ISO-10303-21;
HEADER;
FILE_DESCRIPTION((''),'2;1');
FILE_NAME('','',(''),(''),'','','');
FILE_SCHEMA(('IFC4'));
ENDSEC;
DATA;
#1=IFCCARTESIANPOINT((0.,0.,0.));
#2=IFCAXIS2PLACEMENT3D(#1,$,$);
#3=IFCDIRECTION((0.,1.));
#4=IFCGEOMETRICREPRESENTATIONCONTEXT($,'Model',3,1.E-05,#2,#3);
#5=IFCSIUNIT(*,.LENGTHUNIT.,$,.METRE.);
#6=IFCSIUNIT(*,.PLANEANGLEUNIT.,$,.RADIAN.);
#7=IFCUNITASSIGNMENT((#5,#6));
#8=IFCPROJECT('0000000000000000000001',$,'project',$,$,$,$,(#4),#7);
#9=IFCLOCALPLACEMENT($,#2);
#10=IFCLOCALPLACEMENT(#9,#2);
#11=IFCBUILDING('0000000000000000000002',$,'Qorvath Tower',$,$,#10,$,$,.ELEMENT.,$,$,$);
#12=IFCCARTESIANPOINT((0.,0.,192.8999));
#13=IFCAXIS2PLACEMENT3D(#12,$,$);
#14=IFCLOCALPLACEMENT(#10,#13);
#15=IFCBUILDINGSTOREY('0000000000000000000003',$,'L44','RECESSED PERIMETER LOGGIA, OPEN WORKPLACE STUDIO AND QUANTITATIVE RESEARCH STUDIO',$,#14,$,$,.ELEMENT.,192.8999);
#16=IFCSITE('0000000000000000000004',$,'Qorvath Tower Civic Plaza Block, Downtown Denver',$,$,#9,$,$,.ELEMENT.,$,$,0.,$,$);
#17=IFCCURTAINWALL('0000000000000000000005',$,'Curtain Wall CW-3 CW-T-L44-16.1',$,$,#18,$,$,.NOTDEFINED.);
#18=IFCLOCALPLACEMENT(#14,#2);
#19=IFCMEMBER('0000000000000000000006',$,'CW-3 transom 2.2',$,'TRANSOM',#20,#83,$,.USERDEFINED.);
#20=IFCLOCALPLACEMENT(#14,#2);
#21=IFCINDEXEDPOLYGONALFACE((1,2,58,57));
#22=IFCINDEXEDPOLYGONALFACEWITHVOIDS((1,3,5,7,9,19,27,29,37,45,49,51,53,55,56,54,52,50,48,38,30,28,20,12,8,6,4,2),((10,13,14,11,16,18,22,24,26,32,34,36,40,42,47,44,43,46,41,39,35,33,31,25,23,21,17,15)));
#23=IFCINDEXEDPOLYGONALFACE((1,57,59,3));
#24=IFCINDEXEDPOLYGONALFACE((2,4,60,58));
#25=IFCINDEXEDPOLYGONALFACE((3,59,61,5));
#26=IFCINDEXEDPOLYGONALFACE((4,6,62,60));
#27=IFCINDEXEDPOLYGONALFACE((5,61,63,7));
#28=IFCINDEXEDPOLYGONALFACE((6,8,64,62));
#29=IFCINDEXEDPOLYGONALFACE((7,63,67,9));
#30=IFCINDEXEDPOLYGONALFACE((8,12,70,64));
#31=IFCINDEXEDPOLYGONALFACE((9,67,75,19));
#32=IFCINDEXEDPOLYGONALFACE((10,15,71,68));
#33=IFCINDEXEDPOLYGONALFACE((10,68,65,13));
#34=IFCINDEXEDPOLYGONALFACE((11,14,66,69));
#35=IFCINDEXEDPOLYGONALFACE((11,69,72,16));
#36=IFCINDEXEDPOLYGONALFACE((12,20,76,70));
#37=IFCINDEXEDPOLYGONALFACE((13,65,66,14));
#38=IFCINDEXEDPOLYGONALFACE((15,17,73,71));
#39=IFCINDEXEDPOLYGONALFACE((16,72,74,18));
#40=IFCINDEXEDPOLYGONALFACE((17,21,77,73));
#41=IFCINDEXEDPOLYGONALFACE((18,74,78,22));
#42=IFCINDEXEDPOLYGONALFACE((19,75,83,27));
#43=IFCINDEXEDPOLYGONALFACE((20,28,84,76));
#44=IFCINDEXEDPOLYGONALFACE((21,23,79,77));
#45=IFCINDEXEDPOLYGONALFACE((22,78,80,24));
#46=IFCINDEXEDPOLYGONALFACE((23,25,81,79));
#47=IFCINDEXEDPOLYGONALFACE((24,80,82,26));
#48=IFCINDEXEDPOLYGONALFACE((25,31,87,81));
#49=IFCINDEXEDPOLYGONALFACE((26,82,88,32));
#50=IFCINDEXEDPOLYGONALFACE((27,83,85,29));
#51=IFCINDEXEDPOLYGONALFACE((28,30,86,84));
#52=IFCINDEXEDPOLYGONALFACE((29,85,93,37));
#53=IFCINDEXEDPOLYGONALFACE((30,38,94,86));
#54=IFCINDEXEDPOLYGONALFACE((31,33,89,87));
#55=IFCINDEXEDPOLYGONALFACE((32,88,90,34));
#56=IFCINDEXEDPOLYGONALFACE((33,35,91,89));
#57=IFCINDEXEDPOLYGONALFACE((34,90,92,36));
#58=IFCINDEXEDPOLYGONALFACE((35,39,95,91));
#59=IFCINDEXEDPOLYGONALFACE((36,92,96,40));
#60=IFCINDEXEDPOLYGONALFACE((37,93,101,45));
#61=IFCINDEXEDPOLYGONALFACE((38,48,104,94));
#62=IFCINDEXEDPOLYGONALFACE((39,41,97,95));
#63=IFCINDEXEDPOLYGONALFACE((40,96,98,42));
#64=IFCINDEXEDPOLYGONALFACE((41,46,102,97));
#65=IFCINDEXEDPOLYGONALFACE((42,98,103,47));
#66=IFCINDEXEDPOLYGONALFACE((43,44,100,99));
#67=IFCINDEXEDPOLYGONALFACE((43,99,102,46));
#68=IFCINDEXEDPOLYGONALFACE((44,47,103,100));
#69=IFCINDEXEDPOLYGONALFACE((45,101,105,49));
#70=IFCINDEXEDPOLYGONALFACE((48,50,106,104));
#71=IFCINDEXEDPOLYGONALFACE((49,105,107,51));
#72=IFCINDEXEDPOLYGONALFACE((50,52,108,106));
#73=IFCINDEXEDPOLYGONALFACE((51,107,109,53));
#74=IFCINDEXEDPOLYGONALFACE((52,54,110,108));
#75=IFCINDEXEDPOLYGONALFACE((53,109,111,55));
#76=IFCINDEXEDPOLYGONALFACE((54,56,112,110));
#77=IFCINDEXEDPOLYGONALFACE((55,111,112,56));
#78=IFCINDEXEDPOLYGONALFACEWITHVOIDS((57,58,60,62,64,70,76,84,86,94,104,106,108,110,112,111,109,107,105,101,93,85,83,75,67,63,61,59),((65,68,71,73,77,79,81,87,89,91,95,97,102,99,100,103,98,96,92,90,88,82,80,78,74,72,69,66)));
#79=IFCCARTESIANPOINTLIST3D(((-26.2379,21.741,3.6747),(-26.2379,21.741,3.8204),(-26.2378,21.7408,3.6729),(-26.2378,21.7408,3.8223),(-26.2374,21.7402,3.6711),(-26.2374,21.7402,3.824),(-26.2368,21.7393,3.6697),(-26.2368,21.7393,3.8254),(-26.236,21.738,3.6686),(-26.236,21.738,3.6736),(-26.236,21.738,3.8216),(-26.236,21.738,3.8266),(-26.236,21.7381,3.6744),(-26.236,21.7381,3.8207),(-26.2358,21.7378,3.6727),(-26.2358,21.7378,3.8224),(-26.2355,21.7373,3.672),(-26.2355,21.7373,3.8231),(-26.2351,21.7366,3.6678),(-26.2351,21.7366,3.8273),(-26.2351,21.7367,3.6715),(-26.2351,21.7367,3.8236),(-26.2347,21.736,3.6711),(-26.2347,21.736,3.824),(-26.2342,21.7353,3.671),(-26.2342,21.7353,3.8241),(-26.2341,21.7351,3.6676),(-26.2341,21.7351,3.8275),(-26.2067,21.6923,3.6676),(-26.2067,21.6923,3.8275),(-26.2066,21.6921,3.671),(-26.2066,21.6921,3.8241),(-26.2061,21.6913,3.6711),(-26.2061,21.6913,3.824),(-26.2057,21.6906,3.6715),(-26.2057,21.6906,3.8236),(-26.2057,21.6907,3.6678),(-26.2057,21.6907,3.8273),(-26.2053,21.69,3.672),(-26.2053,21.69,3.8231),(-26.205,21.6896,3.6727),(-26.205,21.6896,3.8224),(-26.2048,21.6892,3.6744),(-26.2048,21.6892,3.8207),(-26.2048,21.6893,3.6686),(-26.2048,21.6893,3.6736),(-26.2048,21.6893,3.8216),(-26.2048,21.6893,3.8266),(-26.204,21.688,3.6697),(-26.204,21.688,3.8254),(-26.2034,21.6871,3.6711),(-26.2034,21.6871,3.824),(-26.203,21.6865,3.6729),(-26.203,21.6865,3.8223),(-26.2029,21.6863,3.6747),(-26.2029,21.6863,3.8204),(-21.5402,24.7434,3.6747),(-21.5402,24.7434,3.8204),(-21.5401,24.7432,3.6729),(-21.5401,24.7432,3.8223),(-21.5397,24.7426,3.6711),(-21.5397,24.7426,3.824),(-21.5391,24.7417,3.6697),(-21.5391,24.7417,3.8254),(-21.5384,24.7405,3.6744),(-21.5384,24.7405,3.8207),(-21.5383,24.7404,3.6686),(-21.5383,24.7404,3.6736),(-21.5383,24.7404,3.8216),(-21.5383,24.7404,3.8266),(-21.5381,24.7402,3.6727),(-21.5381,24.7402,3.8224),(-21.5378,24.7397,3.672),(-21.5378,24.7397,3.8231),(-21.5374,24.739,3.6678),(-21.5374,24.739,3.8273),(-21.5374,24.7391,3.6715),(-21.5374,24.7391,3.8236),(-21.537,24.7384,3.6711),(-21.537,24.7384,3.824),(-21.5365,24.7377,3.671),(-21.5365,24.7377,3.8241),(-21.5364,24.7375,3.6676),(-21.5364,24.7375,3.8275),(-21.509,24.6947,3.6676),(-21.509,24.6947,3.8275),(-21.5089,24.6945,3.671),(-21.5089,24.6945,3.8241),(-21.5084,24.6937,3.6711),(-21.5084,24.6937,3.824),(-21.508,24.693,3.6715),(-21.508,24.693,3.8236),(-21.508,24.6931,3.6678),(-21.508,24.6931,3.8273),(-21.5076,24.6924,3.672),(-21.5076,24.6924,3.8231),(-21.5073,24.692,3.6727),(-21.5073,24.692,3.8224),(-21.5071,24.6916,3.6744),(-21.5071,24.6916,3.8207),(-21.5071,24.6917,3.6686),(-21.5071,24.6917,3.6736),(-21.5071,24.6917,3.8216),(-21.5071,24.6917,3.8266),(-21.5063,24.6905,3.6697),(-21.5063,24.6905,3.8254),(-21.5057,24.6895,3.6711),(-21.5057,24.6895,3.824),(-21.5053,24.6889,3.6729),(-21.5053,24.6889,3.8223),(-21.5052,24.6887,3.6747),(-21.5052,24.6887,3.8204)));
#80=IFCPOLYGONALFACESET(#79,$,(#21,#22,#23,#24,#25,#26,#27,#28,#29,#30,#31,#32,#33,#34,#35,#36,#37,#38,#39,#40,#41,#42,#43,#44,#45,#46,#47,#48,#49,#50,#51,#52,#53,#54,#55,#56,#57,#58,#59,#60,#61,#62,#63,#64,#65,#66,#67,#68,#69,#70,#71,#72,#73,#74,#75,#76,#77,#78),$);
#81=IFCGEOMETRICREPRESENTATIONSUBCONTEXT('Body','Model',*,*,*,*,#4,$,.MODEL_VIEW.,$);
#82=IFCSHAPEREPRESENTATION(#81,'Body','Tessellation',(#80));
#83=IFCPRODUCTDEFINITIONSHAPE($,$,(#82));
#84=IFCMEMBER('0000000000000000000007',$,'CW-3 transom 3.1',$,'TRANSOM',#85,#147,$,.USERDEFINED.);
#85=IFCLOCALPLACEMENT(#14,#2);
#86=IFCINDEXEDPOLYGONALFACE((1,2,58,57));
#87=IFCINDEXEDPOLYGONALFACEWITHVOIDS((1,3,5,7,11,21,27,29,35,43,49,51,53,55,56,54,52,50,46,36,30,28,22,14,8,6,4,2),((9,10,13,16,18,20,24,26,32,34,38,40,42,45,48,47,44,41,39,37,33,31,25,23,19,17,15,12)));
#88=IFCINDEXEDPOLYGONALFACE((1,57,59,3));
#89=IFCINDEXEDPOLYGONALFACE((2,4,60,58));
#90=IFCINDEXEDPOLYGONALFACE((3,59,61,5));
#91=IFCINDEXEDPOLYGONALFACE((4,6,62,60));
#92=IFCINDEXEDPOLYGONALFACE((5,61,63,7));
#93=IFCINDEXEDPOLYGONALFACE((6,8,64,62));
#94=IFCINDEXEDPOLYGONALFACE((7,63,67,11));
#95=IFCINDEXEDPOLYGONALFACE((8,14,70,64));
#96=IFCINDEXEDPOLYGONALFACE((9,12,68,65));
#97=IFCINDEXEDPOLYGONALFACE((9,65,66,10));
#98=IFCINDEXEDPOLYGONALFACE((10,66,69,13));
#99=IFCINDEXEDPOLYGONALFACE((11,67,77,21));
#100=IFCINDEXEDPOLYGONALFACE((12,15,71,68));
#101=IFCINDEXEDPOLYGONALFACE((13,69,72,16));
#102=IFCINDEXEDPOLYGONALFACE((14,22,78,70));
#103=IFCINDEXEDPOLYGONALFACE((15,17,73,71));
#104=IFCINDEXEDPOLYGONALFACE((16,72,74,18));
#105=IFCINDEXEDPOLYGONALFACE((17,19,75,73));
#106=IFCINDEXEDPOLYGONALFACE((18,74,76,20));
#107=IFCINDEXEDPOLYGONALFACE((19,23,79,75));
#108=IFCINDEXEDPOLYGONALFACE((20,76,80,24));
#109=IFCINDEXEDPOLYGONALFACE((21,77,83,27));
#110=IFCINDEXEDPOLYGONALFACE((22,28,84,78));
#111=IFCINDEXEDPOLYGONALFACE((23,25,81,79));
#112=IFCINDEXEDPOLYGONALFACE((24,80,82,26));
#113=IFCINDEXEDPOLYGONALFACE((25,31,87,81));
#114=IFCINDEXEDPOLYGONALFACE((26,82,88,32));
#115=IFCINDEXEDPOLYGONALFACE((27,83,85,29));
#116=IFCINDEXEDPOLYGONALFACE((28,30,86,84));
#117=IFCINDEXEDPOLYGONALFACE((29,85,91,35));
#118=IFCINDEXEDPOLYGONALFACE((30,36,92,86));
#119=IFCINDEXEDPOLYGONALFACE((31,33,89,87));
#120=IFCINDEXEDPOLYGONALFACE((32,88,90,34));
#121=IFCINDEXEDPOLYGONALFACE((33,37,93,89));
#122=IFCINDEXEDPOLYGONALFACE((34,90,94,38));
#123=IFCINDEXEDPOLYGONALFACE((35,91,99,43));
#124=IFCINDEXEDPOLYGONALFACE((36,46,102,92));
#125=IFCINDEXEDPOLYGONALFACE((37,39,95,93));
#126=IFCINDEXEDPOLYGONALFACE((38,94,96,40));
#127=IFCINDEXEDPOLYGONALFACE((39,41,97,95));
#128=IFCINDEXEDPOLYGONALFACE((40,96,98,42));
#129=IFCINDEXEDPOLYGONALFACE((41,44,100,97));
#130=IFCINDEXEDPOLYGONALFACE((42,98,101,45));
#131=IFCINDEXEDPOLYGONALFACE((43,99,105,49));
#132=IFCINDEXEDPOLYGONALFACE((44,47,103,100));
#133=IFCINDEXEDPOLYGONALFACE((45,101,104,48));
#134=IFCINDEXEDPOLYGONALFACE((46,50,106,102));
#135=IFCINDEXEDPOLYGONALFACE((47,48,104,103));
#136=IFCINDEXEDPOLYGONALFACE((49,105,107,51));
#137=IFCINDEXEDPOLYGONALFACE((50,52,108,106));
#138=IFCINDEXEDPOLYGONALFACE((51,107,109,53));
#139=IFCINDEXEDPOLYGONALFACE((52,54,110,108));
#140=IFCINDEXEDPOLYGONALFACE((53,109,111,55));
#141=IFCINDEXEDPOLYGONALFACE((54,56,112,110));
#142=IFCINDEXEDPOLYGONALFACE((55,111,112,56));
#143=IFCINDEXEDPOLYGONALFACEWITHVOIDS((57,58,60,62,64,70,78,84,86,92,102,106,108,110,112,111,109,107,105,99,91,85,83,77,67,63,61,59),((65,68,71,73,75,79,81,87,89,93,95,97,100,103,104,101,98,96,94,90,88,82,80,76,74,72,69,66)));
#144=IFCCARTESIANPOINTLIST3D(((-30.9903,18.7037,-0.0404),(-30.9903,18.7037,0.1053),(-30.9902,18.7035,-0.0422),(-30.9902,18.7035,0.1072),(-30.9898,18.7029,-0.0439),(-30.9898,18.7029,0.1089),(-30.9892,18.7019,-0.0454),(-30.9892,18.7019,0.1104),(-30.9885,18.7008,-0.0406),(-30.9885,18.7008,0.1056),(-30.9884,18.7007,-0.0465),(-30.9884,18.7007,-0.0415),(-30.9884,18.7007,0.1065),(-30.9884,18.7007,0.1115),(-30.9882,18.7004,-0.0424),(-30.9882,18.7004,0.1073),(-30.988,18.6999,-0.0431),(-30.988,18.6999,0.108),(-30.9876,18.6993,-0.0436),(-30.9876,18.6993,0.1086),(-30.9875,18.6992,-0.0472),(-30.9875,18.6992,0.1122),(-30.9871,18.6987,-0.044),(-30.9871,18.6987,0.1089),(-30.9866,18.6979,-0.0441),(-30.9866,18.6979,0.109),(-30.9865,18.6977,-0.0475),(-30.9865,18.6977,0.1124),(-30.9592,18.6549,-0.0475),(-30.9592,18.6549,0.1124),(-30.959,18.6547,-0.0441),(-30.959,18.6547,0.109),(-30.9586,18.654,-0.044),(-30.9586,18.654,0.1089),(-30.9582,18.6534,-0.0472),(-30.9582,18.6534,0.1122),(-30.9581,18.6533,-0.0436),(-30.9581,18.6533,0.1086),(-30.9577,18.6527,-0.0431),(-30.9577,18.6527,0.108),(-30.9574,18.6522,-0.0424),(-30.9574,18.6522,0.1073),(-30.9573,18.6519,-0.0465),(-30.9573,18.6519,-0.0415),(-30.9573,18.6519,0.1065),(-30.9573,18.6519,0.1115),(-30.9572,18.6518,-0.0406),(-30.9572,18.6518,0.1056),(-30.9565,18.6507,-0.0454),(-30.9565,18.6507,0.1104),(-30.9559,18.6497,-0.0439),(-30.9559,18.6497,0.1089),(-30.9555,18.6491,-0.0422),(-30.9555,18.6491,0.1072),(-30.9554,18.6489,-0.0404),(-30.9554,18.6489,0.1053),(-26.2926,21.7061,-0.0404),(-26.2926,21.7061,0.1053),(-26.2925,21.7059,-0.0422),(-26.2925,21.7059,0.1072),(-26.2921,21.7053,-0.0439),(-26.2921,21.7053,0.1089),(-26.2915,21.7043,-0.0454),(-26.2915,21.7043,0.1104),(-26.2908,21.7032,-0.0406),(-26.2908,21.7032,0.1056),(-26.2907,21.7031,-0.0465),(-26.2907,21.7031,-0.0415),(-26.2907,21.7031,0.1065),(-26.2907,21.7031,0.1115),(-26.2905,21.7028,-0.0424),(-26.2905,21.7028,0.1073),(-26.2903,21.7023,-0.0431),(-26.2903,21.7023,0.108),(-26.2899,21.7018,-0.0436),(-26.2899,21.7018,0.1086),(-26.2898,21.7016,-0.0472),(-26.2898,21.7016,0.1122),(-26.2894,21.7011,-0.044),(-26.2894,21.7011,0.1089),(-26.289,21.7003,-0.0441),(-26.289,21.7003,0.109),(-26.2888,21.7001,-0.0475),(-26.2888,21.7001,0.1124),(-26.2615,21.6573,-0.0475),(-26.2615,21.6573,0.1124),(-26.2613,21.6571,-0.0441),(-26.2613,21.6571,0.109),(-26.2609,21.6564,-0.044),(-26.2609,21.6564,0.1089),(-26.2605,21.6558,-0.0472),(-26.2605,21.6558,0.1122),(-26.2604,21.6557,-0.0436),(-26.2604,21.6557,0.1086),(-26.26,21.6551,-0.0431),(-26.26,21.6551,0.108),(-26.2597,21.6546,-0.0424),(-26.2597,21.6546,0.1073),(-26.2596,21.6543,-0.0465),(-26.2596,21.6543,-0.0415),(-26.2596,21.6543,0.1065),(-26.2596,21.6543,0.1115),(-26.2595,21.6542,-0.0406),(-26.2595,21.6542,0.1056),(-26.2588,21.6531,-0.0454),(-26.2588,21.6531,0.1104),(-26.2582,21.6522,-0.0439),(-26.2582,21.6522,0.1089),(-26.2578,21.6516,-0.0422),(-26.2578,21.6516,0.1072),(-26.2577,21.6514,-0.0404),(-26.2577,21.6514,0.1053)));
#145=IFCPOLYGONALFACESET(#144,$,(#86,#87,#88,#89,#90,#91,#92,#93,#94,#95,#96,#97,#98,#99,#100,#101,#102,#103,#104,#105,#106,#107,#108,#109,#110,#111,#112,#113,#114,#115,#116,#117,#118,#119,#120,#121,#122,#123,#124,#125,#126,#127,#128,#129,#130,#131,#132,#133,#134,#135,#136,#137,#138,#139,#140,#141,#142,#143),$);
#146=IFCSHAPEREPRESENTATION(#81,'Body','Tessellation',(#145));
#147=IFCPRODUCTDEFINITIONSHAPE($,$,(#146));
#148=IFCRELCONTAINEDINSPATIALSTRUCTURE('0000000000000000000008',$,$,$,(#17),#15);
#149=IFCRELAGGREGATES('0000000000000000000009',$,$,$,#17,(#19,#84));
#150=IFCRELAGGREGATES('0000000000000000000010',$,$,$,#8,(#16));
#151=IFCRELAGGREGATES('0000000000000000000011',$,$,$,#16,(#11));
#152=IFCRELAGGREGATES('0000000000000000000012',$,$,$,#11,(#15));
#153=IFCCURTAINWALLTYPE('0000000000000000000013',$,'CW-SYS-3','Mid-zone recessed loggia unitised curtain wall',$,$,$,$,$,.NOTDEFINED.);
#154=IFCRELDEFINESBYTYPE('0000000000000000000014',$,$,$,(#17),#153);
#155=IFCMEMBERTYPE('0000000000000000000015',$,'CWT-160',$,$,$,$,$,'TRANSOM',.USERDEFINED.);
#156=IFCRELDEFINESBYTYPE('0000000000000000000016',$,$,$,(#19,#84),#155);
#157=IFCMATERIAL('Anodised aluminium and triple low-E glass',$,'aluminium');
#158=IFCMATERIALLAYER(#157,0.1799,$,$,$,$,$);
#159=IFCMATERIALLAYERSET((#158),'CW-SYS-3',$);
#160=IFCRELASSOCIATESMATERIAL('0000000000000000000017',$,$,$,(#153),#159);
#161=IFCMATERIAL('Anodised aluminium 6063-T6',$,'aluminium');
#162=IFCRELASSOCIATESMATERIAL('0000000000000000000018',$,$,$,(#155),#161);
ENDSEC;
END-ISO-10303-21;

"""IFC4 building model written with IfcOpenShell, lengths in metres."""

from ifc_helpers import new_model, si_unit, direction, frame, origin, origin_2d, place, context, subcontext, project, spatial, hollow_rectangle, extrude, material, layer, layer_set, material_profile, profile_set, type_object, element, aggregate, save


model = new_model("IFC4")

# Units and contexts
model_context = context("Model", 3, precision=1e-05, world=origin(), true_north=direction((0.0, 1.0)))
body_context = subcontext(model_context, "Body", "Model", "MODEL_VIEW")
ifc_project = project(units=[si_unit("LENGTHUNIT", "METRE"), si_unit("PLANEANGLEUNIT", "RADIAN")], contexts=[model_context])

# Site, building, storey
site_placement = place(None, origin())
site = spatial("IfcSite", under=ifc_project, at=site_placement, Name="Qorvath Tower Civic Plaza Block, Downtown Denver", CompositionType="ELEMENT", RefElevation=0.0)
building_placement = place(site_placement, origin())
building = spatial("IfcBuilding", under=site, at=building_placement, Name="Qorvath Tower", CompositionType="ELEMENT")
storey_placement = place(building_placement, frame((0.0, 0.0, 192.8999)))
storey = spatial("IfcBuildingStorey", under=building, at=storey_placement, Name="L44", Description="RECESSED PERIMETER LOGGIA, OPEN WORKPLACE STUDIO AND QUANTITATIVE RESEARCH STUDIO", CompositionType="ELEMENT", Elevation=192.8999)

# Curtain wall, members
ifc_material_1 = material(Name="Anodised aluminium and triple low-E glass", Category="aluminium")
ifc_layer_1 = layer(ifc_material_1, 0.1799)
ifc_layer_set_1 = layer_set([ifc_layer_1], Name="CW-SYS-3")
curtain_wall_type = type_object("IfcCurtainWallType", Name="CW-SYS-3", Description="Mid-zone recessed loggia unitised curtain wall", PredefinedType="NOTDEFINED", material=ifc_layer_set_1)
curtain_wall_placement = place(storey_placement, origin())
curtain_wall = element("IfcCurtainWall", 1, at=curtain_wall_placement, inside=storey, type_object=curtain_wall_type, Name="Curtain Wall CW-3 CW-T-L44-16.1", PredefinedType="NOTDEFINED")
ifc_material_2 = material(Name="Anodised aluminium 6063-T6", Category="aluminium")
ifc_material_profile_1 = material_profile(ifc_material_2, hollow_rectangle(XDim=0.0649, YDim=0.1599, WallThickness=0.0034, InnerFilletRadius=0.0034, OuterFilletRadius=0.0071, at=origin_2d()), Name="CWT 160x65")
ifc_profile_set_1 = profile_set([ifc_material_profile_1], Name="Anodised aluminium 6063-T6")
member_type_1 = type_object("IfcMemberType", Name="CWT-160", ElementType="TRANSOM", PredefinedType="USERDEFINED", material=ifc_profile_set_1)
member_1_placement = place(storey_placement, frame((-21.5227, 24.7161, 3.7476), z_axis=(-0.842607, -0.538529, 0.0), x_axis=(0.538529, -0.842607, 0.0)))
member_1 = element("IfcMember", 2, at=member_1_placement, type_object=member_type_1, Name="CW-3 transom 2.2", ObjectType="TRANSOM", PredefinedType="USERDEFINED", context=body_context, shape_type="SweptSolid", body=[
    extrude(hollow_rectangle(XDim=0.0649, YDim=0.1599, WallThickness=0.0034, InnerFilletRadius=0.0034, OuterFilletRadius=0.0071, at=origin_2d()), origin(), (0.0, 0.0, 1.0), 5.5752),
])
member_2_placement = place(storey_placement, frame((-26.2751, 21.6787, 0.0325), z_axis=(-0.842607, -0.538529, 0.0), x_axis=(0.538529, -0.842607, 0.0)))
member_2 = element("IfcMember", 3, at=member_2_placement, type_object=member_type_1, Name="CW-3 transom 3.1", ObjectType="TRANSOM", PredefinedType="USERDEFINED", context=body_context, shape_type="SweptSolid", body=[
    extrude(hollow_rectangle(XDim=0.0649, YDim=0.1599, WallThickness=0.0034, InnerFilletRadius=0.0034, OuterFilletRadius=0.0071, at=origin_2d()), origin(), (0.0, 0.0, 1.0), 5.5752),
])
aggregate(curtain_wall, [member_1, member_2])

save(model, "model.ifc")
